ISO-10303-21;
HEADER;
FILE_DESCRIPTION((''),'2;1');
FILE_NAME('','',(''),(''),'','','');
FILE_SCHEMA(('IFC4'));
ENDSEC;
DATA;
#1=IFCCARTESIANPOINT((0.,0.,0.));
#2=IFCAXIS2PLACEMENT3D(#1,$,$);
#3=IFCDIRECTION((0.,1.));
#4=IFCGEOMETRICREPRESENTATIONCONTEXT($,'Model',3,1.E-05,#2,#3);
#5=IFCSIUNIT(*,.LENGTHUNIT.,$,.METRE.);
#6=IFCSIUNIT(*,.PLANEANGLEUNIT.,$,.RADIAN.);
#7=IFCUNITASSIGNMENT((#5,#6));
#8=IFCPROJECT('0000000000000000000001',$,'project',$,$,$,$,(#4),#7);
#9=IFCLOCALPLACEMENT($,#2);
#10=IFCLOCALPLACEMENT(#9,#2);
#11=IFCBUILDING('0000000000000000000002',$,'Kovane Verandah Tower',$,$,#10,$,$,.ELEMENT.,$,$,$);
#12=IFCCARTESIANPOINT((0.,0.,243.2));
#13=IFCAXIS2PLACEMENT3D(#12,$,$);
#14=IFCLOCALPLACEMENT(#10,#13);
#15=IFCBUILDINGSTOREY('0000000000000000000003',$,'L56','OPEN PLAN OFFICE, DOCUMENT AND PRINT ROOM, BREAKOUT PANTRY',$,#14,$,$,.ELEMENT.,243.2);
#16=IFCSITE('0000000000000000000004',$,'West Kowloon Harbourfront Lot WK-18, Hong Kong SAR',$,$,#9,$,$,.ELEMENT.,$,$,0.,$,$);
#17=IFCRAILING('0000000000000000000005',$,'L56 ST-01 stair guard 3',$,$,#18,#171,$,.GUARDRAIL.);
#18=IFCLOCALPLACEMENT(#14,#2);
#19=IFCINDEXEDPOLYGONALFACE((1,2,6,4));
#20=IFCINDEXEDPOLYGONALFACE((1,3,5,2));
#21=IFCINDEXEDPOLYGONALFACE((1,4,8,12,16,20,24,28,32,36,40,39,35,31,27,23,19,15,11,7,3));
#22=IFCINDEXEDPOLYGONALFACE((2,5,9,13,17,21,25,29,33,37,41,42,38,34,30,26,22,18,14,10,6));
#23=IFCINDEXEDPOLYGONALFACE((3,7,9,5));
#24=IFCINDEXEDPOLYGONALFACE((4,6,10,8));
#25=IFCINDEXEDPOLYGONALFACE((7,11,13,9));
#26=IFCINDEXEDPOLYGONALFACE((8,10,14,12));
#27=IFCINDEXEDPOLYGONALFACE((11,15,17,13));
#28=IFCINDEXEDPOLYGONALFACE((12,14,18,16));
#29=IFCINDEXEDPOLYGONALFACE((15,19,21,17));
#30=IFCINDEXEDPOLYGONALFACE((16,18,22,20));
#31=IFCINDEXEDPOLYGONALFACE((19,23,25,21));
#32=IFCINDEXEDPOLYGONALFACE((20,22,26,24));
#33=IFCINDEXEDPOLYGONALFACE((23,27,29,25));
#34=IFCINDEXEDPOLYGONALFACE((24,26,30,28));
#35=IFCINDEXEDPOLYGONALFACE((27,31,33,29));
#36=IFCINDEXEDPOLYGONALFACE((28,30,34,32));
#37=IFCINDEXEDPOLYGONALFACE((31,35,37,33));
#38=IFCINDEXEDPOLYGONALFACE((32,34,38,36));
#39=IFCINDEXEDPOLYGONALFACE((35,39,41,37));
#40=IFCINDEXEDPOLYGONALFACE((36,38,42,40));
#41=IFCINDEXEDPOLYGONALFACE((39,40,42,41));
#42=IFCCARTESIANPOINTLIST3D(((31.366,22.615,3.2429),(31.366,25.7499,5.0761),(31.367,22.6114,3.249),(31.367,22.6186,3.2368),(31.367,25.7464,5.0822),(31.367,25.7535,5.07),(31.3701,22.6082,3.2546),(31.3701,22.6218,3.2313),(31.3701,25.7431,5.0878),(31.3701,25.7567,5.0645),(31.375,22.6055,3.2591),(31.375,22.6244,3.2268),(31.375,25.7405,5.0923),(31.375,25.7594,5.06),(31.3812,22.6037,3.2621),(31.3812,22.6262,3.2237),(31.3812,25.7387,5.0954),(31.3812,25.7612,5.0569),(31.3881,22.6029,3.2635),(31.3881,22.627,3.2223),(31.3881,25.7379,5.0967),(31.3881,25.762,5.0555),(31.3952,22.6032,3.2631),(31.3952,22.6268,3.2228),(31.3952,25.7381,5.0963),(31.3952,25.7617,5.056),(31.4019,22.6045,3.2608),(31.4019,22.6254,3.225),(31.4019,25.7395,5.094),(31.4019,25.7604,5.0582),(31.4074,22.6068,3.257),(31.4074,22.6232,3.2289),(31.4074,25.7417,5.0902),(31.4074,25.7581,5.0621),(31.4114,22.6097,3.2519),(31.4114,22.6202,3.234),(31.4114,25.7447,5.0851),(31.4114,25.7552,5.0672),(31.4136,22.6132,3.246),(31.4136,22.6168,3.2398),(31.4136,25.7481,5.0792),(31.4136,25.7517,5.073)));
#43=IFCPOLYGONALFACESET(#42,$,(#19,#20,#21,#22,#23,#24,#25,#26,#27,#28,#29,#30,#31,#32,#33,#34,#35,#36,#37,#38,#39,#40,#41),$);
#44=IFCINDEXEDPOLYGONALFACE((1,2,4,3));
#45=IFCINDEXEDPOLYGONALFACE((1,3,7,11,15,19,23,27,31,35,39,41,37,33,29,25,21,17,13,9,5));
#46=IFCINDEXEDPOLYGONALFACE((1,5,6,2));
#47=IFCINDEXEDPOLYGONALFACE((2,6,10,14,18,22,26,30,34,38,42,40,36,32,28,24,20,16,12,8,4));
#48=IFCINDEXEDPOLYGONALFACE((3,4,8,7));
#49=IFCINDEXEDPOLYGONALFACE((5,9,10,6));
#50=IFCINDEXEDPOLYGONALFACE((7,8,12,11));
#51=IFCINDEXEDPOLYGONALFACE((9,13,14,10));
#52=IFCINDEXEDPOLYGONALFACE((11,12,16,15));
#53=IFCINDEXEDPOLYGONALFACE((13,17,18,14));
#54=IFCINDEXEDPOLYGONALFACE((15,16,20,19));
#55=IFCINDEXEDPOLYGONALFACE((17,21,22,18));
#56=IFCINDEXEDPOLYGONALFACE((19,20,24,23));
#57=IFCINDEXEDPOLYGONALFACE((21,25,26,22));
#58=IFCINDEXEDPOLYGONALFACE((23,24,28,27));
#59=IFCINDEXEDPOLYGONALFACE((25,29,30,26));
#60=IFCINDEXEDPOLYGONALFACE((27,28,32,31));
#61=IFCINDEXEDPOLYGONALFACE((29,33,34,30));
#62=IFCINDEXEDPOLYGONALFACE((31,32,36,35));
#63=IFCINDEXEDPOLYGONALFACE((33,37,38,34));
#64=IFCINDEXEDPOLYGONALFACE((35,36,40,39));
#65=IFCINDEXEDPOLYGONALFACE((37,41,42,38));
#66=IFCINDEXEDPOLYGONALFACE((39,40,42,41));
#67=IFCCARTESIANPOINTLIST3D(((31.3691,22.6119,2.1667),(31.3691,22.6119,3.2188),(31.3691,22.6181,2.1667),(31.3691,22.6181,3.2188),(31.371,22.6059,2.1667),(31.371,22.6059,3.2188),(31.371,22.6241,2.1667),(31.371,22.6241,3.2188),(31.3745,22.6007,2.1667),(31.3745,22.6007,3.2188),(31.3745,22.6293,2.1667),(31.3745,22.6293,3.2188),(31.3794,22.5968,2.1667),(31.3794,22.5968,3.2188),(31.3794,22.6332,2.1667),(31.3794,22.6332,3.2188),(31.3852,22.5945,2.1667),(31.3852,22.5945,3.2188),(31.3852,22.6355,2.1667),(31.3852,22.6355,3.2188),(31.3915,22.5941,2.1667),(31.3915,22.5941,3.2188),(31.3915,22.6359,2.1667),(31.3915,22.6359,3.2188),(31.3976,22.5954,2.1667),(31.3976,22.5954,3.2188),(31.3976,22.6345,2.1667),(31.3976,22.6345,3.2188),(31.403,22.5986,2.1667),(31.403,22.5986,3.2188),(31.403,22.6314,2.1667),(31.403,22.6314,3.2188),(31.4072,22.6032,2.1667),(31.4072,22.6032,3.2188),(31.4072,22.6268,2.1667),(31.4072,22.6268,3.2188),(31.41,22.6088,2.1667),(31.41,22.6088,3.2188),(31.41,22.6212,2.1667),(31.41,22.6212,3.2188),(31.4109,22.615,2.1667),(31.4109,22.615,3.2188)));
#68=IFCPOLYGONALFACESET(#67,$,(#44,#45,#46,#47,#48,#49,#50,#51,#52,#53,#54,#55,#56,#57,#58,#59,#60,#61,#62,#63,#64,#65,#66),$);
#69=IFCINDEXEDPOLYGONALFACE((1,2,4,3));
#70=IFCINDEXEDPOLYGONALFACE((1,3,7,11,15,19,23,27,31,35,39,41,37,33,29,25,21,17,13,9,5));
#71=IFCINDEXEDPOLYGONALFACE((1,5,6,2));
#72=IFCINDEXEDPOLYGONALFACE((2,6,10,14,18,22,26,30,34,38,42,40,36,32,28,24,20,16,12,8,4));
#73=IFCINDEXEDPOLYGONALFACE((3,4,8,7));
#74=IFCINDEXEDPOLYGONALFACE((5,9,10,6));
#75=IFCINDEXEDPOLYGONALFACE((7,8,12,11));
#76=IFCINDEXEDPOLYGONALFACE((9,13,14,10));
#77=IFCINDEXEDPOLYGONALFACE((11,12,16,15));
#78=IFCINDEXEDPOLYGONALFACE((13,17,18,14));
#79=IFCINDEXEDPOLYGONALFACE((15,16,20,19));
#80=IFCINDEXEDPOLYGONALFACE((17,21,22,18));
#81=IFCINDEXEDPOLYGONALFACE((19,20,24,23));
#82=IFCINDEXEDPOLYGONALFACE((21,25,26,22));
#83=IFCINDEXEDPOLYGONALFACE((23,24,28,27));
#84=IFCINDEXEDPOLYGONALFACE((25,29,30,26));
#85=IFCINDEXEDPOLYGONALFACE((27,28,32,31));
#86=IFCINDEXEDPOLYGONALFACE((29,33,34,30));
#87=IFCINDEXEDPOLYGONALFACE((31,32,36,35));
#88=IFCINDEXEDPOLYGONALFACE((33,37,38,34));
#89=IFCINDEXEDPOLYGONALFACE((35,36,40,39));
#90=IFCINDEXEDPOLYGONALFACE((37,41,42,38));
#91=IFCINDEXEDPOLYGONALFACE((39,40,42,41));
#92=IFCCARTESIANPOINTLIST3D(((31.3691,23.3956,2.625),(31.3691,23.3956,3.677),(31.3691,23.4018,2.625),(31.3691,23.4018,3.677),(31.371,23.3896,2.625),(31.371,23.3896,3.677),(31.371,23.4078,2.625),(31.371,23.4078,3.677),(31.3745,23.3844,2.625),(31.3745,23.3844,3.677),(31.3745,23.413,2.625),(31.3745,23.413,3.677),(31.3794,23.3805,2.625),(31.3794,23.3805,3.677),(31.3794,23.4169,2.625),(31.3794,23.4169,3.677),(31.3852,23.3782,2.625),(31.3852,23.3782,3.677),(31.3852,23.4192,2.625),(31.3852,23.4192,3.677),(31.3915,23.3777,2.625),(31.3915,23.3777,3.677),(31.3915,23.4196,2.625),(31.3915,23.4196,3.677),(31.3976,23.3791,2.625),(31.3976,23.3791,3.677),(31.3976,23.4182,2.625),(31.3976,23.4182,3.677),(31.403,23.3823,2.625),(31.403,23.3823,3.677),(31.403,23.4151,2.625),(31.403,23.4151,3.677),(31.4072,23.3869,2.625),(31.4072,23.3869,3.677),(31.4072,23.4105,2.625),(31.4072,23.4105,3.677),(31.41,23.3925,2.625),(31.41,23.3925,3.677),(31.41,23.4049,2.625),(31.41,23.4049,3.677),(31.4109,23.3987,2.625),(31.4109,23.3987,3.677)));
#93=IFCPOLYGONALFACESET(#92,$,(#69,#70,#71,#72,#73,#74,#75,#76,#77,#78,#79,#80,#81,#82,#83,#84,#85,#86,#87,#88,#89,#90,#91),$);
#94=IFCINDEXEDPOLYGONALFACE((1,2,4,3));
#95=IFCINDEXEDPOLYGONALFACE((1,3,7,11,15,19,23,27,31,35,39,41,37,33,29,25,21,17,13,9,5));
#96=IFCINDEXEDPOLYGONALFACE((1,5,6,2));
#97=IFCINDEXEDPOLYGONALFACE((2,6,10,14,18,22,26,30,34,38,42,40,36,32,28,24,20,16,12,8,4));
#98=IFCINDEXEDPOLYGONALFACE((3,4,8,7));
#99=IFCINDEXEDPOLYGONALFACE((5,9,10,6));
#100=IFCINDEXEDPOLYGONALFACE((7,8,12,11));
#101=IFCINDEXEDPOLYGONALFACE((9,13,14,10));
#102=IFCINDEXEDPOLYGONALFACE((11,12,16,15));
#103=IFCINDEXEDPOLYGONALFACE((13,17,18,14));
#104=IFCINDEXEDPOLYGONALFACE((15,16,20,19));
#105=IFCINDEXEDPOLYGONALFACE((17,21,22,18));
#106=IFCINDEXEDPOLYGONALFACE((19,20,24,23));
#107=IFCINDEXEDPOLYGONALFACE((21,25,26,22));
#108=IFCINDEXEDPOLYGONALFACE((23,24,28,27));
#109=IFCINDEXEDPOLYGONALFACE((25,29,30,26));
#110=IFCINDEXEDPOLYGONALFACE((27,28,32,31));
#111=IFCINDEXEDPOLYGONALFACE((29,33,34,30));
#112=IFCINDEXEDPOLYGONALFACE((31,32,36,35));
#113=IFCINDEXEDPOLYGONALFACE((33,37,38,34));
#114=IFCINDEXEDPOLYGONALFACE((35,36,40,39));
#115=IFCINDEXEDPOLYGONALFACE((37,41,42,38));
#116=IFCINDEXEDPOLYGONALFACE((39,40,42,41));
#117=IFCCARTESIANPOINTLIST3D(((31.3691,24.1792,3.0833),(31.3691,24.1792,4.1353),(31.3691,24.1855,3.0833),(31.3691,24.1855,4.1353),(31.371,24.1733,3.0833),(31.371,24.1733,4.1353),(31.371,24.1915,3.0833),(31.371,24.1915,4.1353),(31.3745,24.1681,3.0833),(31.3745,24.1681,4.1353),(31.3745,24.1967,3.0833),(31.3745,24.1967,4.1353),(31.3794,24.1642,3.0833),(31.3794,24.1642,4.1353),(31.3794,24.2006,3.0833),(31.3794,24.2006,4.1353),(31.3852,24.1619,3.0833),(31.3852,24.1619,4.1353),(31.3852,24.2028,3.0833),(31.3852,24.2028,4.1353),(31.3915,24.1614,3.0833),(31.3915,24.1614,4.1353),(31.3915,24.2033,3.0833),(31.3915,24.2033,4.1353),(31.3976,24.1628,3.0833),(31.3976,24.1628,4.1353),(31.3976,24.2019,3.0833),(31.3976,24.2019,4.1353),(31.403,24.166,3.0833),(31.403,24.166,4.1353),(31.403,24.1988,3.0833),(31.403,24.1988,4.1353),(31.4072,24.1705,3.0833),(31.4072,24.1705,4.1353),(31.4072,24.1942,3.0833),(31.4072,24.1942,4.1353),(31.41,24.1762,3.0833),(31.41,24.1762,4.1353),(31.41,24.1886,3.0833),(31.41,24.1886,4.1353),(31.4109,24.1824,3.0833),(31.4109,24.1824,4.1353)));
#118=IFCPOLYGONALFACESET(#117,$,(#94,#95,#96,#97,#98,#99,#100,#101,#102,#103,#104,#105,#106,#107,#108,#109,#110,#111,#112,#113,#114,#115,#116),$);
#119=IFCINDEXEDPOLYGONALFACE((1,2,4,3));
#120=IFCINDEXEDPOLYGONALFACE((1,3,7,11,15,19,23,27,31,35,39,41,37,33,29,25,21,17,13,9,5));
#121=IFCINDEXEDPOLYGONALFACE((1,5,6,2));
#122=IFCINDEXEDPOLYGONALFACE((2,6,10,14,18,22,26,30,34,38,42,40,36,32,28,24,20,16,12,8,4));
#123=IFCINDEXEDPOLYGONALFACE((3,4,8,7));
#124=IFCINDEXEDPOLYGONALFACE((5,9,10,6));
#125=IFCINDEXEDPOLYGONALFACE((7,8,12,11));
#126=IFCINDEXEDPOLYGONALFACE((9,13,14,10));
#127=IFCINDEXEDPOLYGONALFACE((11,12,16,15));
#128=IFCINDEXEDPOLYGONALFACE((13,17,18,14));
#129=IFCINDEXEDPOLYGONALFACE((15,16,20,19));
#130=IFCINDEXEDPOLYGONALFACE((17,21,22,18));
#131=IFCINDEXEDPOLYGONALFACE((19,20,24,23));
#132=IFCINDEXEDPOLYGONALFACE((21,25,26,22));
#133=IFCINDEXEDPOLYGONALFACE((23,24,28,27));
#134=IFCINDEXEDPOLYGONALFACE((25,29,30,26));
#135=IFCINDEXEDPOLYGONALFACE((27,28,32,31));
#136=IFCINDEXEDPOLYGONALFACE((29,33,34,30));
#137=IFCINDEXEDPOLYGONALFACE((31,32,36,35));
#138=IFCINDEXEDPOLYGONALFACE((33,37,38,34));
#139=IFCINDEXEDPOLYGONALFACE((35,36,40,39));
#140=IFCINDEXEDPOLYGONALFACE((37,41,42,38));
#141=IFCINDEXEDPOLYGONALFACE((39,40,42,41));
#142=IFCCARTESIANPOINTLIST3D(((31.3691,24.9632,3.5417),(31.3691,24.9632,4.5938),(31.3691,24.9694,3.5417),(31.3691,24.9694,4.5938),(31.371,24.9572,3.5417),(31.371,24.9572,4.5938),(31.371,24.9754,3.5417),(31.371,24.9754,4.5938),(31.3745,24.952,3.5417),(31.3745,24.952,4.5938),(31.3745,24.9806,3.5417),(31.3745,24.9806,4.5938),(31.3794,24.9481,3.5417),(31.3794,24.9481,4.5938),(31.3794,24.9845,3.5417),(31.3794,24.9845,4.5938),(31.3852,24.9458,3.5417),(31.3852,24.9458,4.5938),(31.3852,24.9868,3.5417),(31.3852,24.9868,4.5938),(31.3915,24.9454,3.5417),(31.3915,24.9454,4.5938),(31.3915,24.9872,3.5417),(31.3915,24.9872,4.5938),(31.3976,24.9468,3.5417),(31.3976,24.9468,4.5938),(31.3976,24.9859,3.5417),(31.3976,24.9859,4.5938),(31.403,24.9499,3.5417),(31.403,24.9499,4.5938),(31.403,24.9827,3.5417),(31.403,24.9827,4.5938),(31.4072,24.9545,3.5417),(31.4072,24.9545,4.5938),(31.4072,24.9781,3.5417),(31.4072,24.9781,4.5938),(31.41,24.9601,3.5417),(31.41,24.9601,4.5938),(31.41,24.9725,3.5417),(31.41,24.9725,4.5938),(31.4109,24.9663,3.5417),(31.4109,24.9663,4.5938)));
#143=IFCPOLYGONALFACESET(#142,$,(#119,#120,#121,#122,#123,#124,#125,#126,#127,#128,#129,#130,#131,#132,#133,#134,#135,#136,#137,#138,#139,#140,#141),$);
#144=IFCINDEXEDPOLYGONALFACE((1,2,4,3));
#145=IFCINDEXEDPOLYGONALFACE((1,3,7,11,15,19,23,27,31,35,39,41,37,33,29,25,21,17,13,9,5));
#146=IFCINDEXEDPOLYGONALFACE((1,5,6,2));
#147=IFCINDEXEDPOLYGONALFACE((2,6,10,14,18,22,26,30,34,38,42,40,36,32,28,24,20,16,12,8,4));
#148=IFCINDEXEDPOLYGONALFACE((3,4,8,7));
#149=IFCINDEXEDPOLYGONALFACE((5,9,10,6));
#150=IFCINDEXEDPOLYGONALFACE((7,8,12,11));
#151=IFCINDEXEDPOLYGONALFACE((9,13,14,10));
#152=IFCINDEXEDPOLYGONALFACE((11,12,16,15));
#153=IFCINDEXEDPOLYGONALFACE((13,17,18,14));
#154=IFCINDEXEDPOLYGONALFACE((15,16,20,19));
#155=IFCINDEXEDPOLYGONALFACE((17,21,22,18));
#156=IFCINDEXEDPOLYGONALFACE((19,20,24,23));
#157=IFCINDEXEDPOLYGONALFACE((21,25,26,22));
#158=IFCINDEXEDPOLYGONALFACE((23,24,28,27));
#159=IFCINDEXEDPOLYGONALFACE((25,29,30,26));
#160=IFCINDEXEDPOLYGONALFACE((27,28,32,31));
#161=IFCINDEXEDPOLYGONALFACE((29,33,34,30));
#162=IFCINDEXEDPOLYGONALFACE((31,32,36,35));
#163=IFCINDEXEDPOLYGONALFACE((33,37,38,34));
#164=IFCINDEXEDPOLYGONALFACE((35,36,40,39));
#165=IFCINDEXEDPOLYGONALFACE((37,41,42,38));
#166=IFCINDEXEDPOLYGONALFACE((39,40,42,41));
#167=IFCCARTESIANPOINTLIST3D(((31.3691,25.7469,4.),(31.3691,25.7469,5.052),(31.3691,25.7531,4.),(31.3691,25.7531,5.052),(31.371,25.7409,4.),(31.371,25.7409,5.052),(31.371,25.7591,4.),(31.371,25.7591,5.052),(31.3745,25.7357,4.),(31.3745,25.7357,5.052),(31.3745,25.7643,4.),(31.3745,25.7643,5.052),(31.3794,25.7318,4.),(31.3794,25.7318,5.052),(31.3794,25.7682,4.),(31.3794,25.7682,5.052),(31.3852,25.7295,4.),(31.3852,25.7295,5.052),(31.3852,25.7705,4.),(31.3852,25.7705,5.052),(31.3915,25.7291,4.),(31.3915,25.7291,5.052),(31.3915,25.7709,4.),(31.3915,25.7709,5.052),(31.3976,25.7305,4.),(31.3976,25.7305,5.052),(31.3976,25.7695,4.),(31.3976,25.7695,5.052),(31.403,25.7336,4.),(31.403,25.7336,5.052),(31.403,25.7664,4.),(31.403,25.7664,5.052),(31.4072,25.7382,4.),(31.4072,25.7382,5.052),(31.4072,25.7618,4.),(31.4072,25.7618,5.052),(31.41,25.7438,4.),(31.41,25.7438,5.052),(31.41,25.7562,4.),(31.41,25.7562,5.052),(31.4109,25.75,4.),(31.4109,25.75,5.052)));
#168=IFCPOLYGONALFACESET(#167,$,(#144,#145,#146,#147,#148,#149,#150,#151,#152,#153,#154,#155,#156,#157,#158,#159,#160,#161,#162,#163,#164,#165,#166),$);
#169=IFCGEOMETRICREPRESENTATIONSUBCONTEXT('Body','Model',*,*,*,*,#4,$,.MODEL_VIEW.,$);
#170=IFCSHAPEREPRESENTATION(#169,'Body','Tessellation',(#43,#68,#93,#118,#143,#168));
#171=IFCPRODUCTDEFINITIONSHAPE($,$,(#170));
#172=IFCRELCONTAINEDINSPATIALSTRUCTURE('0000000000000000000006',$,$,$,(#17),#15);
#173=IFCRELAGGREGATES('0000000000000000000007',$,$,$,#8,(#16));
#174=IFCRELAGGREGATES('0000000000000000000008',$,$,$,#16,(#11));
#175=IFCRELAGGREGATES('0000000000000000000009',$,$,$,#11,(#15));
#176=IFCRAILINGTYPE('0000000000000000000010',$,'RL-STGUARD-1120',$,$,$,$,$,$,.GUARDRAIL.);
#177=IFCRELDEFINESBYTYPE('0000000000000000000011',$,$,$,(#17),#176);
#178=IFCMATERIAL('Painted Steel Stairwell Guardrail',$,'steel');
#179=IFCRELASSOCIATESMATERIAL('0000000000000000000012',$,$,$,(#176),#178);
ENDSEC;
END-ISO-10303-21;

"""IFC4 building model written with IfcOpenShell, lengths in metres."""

from ifc_helpers import new_model, si_unit, direction, frame, origin, origin_2d, place, context, subcontext, project, spatial, circle, extrude, material, type_object, element, save


model = new_model("IFC4")

# Units and contexts
model_context = context("Model", 3, precision=1e-05, world=origin(), true_north=direction((0.0, 1.0)))
body_context = subcontext(model_context, "Body", "Model", "MODEL_VIEW")
ifc_project = project(units=[si_unit("LENGTHUNIT", "METRE"), si_unit("PLANEANGLEUNIT", "RADIAN")], contexts=[model_context])

# Site, building, storey
site_placement = place(None, origin())
site = spatial("IfcSite", under=ifc_project, at=site_placement, Name="West Kowloon Harbourfront Lot WK-18, Hong Kong SAR", CompositionType="ELEMENT", RefElevation=0.0)
building_placement = place(site_placement, origin())
building = spatial("IfcBuilding", under=site, at=building_placement, Name="Kovane Verandah Tower", CompositionType="ELEMENT")
storey_placement = place(building_placement, frame((0.0, 0.0, 243.2)))
storey = spatial("IfcBuildingStorey", under=building, at=storey_placement, Name="L56", Description="OPEN PLAN OFFICE, DOCUMENT AND PRINT ROOM, BREAKOUT PANTRY", CompositionType="ELEMENT", Elevation=243.2)

# Railing
ifc_material_1 = material(Name="Painted Steel Stairwell Guardrail", Category="steel")
railing_type_1 = type_object("IfcRailingType", Name="RL-STGUARD-1120", PredefinedType="GUARDRAIL", material=ifc_material_1)
railing_1_placement = place(storey_placement, frame((31.3899, 22.615, 2.1667)))
element("IfcRailing", 1, at=railing_1_placement, inside=storey, type_object=railing_type_1, Name="L56 ST-01 stair guard 3", PredefinedType="GUARDRAIL", context=body_context, shape_type="SweptSolid", body=[
    extrude(circle(Radius=0.0239, at=origin_2d()), frame((0.0, 0.0, 1.0762), z_axis=(0.0, 0.86324, 0.504794), x_axis=(-1.0, 0.0, 0.0)), (0.0, 0.0, 1.0), 3.6316),
    extrude(circle(Radius=0.021, at=origin_2d()), origin(), (0.0, 0.0, 1.0), 1.052),
    extrude(circle(Radius=0.021, at=origin_2d()), frame((0.0, 0.7837, 0.4583)), (0.0, 0.0, 1.0), 1.052),
    extrude(circle(Radius=0.021, at=origin_2d()), frame((0.0, 1.5674, 0.9165)), (0.0, 0.0, 1.0), 1.052),
    extrude(circle(Radius=0.021, at=origin_2d()), frame((0.0, 2.3513, 1.375)), (0.0, 0.0, 1.0), 1.052),
    extrude(circle(Radius=0.021, at=origin_2d()), frame((0.0, 3.135, 1.8333)), (0.0, 0.0, 1.0), 1.052),
])

save(model, "model.ifc")
